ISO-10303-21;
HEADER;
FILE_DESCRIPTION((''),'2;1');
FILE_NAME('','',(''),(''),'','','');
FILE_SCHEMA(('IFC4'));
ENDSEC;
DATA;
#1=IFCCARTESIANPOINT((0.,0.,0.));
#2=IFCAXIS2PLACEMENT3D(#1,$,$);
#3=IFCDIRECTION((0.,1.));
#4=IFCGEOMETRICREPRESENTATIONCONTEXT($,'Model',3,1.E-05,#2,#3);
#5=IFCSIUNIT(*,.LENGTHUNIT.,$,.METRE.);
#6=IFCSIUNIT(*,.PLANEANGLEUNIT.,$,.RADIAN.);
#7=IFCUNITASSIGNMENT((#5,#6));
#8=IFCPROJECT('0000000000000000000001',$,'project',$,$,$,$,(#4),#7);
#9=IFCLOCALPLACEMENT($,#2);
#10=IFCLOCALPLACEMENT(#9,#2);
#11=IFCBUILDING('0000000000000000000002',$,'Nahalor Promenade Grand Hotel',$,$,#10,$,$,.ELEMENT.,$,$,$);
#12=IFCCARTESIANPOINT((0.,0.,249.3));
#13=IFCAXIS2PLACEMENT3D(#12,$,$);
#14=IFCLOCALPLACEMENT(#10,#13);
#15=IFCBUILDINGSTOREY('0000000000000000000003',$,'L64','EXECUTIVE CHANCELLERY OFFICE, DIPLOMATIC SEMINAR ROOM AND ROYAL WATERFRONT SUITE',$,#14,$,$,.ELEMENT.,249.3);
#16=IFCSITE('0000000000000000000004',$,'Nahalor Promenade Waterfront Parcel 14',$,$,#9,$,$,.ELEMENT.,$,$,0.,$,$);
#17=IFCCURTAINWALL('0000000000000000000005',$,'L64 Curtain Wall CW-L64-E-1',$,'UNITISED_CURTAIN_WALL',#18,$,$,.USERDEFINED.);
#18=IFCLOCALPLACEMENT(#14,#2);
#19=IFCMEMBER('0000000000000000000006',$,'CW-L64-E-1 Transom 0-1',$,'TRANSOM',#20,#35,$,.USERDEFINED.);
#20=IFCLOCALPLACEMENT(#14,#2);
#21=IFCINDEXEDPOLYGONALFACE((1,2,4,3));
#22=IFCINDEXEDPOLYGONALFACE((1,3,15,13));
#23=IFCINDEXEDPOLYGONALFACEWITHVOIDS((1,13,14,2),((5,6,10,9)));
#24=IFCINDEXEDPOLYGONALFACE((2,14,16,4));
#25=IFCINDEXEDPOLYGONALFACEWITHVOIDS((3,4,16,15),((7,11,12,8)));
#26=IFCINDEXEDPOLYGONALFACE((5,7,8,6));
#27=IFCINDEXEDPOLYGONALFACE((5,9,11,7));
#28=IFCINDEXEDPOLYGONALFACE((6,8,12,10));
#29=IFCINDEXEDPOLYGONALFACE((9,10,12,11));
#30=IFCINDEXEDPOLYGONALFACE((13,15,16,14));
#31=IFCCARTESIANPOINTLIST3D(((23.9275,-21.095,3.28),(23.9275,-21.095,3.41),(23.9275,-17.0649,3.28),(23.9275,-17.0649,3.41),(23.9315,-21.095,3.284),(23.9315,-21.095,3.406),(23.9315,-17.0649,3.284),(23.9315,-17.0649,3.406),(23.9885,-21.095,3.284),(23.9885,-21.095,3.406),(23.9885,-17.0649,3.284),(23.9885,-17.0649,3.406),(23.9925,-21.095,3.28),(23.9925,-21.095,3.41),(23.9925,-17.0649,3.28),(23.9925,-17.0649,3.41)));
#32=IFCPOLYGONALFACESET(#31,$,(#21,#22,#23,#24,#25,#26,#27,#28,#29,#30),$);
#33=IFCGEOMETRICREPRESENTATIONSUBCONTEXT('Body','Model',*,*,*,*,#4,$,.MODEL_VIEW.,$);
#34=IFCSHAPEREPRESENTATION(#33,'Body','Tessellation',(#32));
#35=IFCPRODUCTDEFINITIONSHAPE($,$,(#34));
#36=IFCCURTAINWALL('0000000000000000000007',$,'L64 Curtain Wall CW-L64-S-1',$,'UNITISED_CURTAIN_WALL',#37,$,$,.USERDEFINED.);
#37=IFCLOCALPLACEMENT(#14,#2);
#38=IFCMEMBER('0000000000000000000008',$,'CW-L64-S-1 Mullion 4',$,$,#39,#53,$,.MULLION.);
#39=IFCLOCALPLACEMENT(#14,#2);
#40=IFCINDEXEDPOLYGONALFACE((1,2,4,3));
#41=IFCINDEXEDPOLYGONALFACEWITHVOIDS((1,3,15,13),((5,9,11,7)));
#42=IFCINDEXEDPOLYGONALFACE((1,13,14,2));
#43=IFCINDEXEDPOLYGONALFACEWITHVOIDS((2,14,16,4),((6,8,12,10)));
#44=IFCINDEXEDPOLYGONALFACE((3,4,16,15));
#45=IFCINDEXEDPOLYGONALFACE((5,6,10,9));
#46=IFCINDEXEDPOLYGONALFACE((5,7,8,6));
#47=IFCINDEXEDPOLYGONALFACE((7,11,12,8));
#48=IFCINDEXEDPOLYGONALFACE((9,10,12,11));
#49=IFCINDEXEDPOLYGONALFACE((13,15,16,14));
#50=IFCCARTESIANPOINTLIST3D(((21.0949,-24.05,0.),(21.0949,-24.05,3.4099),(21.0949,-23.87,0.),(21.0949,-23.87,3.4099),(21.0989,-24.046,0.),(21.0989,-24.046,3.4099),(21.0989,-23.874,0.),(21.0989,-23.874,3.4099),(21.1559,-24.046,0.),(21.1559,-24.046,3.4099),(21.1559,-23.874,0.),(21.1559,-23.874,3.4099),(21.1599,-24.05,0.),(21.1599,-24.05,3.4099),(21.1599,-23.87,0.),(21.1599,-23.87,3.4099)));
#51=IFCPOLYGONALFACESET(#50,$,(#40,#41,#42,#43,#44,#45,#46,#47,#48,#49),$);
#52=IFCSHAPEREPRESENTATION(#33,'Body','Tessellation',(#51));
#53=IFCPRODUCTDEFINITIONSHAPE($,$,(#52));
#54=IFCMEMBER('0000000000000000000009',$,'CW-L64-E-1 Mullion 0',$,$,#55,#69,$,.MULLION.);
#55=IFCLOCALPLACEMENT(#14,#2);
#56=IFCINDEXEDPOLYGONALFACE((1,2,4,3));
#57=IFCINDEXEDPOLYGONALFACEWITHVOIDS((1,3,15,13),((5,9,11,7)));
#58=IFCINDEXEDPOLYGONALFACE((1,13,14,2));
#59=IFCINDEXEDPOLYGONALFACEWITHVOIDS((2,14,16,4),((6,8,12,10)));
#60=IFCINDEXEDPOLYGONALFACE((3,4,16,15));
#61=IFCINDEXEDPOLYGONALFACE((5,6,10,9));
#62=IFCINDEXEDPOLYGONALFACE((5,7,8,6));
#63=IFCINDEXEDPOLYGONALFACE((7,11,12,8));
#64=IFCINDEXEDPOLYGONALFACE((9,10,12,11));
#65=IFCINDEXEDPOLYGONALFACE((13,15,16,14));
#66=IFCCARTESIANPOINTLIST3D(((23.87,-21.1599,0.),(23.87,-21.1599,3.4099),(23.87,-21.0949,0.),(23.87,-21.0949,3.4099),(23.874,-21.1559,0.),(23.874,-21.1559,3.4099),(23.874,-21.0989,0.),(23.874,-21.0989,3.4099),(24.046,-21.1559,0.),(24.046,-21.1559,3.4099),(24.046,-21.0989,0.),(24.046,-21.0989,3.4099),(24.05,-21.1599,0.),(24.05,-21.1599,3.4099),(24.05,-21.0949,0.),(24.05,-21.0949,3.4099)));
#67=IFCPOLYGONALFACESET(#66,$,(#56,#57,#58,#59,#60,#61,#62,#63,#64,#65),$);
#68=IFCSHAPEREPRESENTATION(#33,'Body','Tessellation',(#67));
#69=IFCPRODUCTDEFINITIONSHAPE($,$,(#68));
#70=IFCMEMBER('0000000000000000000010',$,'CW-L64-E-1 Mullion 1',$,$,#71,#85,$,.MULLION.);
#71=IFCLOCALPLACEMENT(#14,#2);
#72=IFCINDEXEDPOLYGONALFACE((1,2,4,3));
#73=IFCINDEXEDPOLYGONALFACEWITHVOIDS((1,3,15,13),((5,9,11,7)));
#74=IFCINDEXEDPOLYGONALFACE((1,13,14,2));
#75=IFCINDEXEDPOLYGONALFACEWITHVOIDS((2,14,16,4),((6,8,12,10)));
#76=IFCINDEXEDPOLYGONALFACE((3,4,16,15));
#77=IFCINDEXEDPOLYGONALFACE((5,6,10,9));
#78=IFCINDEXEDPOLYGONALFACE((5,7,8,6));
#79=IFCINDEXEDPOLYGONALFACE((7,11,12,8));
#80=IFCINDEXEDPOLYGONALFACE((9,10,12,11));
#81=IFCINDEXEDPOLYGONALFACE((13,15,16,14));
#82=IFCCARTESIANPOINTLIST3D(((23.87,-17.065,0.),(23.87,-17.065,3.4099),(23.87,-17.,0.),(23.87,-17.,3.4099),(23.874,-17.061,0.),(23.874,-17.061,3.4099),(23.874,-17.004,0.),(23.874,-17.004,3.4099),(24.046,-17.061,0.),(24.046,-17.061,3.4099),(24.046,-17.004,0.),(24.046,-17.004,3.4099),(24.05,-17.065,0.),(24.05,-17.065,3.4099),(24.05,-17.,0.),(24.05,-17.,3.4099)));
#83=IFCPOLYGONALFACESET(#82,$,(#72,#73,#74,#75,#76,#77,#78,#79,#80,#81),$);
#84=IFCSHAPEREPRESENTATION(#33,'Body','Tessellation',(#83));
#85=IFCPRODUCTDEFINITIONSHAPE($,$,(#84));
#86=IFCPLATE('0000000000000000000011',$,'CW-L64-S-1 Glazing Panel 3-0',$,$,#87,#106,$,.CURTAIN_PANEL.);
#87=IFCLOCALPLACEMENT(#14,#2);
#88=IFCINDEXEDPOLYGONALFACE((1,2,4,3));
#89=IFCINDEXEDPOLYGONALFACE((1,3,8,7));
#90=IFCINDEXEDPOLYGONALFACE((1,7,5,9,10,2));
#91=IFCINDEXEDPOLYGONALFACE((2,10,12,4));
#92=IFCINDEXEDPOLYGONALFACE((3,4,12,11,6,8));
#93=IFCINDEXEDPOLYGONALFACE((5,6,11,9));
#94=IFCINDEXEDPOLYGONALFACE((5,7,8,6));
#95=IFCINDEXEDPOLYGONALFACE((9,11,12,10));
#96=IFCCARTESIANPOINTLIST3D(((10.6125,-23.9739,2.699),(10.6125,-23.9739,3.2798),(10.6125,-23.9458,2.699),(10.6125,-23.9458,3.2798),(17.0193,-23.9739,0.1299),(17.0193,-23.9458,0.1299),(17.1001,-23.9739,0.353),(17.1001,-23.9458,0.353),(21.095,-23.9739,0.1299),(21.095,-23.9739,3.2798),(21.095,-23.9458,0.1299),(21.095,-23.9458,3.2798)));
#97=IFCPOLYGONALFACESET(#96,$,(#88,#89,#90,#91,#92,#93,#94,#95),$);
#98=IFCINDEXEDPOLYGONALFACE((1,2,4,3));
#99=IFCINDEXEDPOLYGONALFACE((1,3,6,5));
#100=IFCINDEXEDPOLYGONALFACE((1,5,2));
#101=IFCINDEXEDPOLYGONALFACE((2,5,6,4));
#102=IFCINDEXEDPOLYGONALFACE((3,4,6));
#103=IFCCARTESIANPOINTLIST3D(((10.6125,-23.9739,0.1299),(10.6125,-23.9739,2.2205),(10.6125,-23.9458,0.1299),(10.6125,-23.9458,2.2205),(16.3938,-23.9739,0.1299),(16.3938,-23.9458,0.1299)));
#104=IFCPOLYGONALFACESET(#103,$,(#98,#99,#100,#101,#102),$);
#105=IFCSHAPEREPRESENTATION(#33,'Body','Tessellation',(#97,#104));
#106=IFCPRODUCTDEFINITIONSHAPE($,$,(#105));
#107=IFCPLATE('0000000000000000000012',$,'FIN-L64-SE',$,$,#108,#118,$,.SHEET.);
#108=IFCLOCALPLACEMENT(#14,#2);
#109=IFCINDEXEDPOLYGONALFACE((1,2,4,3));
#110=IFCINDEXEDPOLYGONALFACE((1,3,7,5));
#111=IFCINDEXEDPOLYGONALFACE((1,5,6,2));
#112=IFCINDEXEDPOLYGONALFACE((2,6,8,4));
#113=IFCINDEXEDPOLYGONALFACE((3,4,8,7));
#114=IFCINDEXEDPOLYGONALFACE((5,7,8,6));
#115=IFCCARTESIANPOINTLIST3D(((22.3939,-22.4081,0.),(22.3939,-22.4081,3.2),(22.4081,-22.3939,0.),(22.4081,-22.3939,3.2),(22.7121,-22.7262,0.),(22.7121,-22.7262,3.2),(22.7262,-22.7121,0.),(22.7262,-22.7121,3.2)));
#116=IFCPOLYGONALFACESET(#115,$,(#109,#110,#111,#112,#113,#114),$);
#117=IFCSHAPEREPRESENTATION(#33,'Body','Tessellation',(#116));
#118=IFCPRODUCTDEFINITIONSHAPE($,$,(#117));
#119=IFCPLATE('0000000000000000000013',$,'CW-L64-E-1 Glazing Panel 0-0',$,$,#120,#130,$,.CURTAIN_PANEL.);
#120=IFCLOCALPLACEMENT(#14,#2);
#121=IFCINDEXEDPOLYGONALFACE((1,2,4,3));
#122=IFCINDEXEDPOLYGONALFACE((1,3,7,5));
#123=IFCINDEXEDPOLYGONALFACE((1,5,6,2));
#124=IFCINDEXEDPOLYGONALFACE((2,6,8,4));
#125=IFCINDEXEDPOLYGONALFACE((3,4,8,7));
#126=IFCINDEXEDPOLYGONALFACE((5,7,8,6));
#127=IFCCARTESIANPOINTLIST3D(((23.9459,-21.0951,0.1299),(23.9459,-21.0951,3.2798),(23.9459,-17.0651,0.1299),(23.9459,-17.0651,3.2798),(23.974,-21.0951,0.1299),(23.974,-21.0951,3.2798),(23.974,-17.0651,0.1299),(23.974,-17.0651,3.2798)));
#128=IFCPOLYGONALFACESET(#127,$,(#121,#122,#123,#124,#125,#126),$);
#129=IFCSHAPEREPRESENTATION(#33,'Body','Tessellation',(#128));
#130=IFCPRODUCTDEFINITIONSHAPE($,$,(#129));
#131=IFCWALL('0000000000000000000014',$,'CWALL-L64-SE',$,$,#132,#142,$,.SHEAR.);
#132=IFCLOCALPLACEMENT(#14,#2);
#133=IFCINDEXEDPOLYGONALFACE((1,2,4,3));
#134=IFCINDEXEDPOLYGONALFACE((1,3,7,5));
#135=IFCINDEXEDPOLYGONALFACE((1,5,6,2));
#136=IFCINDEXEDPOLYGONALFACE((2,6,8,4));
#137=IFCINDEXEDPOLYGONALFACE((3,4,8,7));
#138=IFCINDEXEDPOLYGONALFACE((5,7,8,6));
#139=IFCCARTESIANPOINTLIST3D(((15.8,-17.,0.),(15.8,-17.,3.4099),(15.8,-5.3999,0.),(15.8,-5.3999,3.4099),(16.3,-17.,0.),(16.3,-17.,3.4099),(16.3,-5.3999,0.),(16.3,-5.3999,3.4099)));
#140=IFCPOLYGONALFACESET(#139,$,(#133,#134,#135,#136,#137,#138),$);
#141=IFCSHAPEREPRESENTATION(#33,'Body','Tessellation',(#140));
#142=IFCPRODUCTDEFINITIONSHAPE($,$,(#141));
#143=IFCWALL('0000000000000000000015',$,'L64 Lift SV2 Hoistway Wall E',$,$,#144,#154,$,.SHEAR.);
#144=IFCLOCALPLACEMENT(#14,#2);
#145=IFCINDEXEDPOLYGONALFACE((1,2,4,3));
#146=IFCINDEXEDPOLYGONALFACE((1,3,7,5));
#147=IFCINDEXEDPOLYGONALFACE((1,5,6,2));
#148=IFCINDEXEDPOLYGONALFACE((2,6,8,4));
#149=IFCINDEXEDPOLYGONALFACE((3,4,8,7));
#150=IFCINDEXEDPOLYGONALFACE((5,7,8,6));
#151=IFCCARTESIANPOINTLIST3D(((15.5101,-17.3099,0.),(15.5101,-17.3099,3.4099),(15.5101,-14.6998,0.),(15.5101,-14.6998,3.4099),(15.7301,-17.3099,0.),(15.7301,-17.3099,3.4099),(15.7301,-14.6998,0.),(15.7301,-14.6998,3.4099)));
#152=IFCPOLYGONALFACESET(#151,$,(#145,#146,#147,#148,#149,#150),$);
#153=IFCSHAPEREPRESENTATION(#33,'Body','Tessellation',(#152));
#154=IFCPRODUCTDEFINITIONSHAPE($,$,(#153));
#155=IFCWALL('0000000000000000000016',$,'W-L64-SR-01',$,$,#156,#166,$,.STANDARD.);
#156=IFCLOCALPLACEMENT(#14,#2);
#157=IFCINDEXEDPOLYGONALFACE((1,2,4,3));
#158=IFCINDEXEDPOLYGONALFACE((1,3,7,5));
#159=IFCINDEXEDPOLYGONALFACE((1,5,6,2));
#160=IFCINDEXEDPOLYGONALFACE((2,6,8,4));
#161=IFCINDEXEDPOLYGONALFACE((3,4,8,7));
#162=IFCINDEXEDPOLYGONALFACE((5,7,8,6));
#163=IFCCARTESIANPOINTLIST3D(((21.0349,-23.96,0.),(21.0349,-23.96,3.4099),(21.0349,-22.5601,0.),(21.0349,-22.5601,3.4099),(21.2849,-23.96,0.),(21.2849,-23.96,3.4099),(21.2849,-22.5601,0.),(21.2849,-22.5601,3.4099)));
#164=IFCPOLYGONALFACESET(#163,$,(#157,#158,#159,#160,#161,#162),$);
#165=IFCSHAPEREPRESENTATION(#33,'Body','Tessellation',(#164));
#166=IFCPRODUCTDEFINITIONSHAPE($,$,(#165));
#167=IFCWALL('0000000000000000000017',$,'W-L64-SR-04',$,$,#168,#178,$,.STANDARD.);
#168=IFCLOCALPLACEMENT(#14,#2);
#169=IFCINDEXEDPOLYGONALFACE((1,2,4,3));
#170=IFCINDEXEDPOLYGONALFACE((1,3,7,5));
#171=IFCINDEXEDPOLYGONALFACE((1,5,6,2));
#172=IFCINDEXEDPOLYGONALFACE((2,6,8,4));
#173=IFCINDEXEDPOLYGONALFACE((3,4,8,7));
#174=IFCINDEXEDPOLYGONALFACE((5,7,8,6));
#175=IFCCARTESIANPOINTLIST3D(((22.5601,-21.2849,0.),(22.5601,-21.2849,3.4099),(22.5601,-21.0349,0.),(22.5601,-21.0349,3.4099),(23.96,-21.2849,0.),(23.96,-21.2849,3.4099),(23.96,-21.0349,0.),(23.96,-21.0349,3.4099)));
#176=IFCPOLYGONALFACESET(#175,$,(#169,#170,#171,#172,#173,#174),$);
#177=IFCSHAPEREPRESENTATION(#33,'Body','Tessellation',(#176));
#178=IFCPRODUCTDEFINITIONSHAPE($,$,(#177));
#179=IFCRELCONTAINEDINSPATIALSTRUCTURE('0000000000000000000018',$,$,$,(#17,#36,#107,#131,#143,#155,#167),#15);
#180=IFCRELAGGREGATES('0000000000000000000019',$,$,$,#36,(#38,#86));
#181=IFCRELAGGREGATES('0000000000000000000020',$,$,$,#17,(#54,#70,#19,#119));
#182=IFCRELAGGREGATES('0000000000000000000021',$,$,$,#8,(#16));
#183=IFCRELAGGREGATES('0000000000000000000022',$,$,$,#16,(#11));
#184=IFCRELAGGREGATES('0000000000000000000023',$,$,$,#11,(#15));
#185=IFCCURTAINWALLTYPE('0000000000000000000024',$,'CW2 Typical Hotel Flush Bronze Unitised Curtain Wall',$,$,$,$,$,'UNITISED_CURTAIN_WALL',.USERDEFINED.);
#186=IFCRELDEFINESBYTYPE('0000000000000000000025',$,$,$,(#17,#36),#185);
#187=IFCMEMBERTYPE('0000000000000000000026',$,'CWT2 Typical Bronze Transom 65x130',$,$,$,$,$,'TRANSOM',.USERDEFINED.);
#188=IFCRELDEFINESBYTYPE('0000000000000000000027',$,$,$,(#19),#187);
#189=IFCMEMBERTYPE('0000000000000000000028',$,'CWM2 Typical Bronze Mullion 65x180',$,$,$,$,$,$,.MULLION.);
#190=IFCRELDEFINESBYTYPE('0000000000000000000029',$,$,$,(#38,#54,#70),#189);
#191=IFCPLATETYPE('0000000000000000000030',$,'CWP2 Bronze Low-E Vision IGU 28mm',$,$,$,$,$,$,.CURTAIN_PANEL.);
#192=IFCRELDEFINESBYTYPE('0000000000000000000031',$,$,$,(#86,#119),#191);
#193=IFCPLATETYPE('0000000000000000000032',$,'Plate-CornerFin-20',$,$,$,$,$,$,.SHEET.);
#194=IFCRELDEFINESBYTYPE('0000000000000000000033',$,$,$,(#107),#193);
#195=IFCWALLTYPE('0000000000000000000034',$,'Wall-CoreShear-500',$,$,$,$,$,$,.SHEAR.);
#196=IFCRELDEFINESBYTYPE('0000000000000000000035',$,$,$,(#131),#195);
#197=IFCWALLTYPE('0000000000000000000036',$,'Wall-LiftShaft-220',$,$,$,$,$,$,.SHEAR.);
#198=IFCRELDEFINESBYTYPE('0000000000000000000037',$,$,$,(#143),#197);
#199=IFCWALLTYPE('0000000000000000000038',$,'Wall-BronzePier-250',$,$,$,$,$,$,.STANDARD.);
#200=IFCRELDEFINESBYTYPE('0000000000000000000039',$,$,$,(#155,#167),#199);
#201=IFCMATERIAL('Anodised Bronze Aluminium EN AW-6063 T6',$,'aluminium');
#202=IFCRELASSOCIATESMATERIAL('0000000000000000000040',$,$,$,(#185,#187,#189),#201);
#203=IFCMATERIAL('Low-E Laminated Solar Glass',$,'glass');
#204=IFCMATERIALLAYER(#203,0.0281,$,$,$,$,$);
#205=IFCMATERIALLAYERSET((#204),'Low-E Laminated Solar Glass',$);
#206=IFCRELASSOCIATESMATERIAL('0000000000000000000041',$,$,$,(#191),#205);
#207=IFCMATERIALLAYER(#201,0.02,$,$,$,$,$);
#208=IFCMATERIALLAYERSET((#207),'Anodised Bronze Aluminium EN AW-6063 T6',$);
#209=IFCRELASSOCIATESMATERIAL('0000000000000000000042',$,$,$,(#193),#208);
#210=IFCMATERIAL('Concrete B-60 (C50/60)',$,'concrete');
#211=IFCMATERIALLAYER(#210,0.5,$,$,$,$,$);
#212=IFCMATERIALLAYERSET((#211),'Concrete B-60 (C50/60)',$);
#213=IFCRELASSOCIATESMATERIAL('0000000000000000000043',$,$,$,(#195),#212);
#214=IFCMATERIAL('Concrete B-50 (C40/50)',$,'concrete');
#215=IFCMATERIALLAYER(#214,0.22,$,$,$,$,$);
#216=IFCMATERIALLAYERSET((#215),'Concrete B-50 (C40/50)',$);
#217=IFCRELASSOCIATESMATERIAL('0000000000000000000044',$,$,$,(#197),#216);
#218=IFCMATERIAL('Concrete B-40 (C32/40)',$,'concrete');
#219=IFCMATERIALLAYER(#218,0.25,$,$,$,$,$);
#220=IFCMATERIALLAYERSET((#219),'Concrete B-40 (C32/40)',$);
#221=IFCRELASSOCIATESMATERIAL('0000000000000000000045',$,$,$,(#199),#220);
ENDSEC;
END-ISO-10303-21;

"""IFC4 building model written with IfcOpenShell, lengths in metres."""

from ifc_helpers import new_model, si_unit, direction, frame, frame_2d, origin, origin_2d, place, context, subcontext, project, spatial, polyline, rectangle, hollow_rectangle, outline, extrude, source, transform, mapped, material, layer, layer_set, material_profile, profile_set, type_object, element, aggregate, save


model = new_model("IFC4")

# Units and contexts
model_context = context("Model", 3, precision=1e-05, world=origin(), true_north=direction((0.0, 1.0)))
body_context = subcontext(model_context, "Body", "Model", "MODEL_VIEW")
ifc_project = project(units=[si_unit("LENGTHUNIT", "METRE"), si_unit("PLANEANGLEUNIT", "RADIAN")], contexts=[model_context])

# Site, building, storey
site_placement = place(None, origin())
site = spatial("IfcSite", under=ifc_project, at=site_placement, Name="Nahalor Promenade Waterfront Parcel 14", CompositionType="ELEMENT", RefElevation=0.0)
building_placement = place(site_placement, origin())
building = spatial("IfcBuilding", under=site, at=building_placement, Name="Nahalor Promenade Grand Hotel", CompositionType="ELEMENT")
storey_placement = place(building_placement, frame((0.0, 0.0, 249.3)))
storey = spatial("IfcBuildingStorey", under=building, at=storey_placement, Name="L64", Description="EXECUTIVE CHANCELLERY OFFICE, DIPLOMATIC SEMINAR ROOM AND ROYAL WATERFRONT SUITE", CompositionType="ELEMENT", Elevation=249.3)

# Shared definitions
ifc_material_1 = material(Name="Concrete B-60 (C50/60)", Category="concrete")

# Curtain wall, member
ifc_material_2 = material(Name="Anodised Bronze Aluminium EN AW-6063 T6", Category="aluminium")
curtain_wall_type = type_object("IfcCurtainWallType", Name="CW2 Typical Hotel Flush Bronze Unitised Curtain Wall", ElementType="UNITISED_CURTAIN_WALL", PredefinedType="USERDEFINED", material=ifc_material_2)
curtain_wall_1_placement = place(storey_placement, origin())
curtain_wall_1 = element("IfcCurtainWall", 1, at=curtain_wall_1_placement, inside=storey, type_object=curtain_wall_type, Name="L64 Curtain Wall CW-L64-E-1", ObjectType="UNITISED_CURTAIN_WALL", PredefinedType="USERDEFINED")
ifc_material_profile_1 = material_profile(ifc_material_2, hollow_rectangle(XDim=0.065, YDim=0.13, WallThickness=0.004, at=origin_2d()), Name="CWT 65x130x4")
ifc_profile_set_1 = profile_set([ifc_material_profile_1], Name="Anodised Bronze Aluminium EN AW-6063 T6")
member_type_1 = type_object("IfcMemberType", Name="CWT2 Typical Bronze Transom 65x130", ElementType="TRANSOM", PredefinedType="USERDEFINED", material=ifc_profile_set_1)
shared_shape_1 = source(origin(), body_context, "Body", "SweptSolid", [
    extrude(hollow_rectangle(XDim=0.065, YDim=0.13, WallThickness=0.004, at=origin_2d()), origin(), (0.0, 0.0, 1.0), 4.03),
])
member_1_placement = place(storey_placement, frame((23.96, -21.095, 3.345), z_axis=(0.0, 1.0, 0.0), x_axis=(-1.0, 0.0, 0.0)))
member_1 = element("IfcMember", 2, at=member_1_placement, type_object=member_type_1, Name="CW-L64-E-1 Transom 0-1", ObjectType="TRANSOM", PredefinedType="USERDEFINED", context=body_context, shape_type="MappedRepresentation", body=[
    mapped(shared_shape_1, transform((0.0, 0.0, 0.0), scale=1.0)),
])

# Curtain wall, member
curtain_wall_2_placement = place(storey_placement, origin())
curtain_wall_2 = element("IfcCurtainWall", 3, at=curtain_wall_2_placement, inside=storey, type_object=curtain_wall_type, Name="L64 Curtain Wall CW-L64-S-1", ObjectType="UNITISED_CURTAIN_WALL", PredefinedType="USERDEFINED")
ifc_material_profile_2 = material_profile(ifc_material_2, hollow_rectangle(XDim=0.065, YDim=0.18, WallThickness=0.004, at=origin_2d()), Name="CWM 65x180x4")
ifc_profile_set_2 = profile_set([ifc_material_profile_2], Name="Anodised Bronze Aluminium EN AW-6063 T6")
member_type_2 = type_object("IfcMemberType", Name="CWM2 Typical Bronze Mullion 65x180", PredefinedType="MULLION", material=ifc_profile_set_2)
shared_shape_2 = source(origin(), body_context, "Body", "SweptSolid", [
    extrude(hollow_rectangle(XDim=0.065, YDim=0.18, WallThickness=0.004, at=origin_2d()), origin(), (0.0, 0.0, 1.0), 3.4099),
])
member_2_placement = place(storey_placement, frame((21.1274, -23.96, 0.0), z_axis=(0.0, 0.0, 1.0), x_axis=(1.0, 0.0, 0.0)))
member_2 = element("IfcMember", 4, at=member_2_placement, type_object=member_type_2, Name="CW-L64-S-1 Mullion 4", PredefinedType="MULLION", context=body_context, shape_type="MappedRepresentation", body=[
    mapped(shared_shape_2, transform((0.0, 0.0, 0.0), scale=1.0)),
])

# Members
member_3_placement = place(storey_placement, frame((23.96, -21.1274, 0.0), z_axis=(0.0, 0.0, 1.0), x_axis=(0.0, 1.0, 0.0)))
member_3 = element("IfcMember", 5, at=member_3_placement, type_object=member_type_2, Name="CW-L64-E-1 Mullion 0", PredefinedType="MULLION", context=body_context, shape_type="MappedRepresentation", body=[
    mapped(shared_shape_2, transform((0.0, 0.0, 0.0), scale=1.0)),
])
member_4_placement = place(storey_placement, frame((23.96, -17.0325, 0.0), z_axis=(0.0, 0.0, 1.0), x_axis=(0.0, 1.0, 0.0)))
member_4 = element("IfcMember", 6, at=member_4_placement, type_object=member_type_2, Name="CW-L64-E-1 Mullion 1", PredefinedType="MULLION", context=body_context, shape_type="MappedRepresentation", body=[
    mapped(shared_shape_2, transform((0.0, 0.0, 0.0), scale=1.0)),
])

# Plates
ifc_material_3 = material(Name="Low-E Laminated Solar Glass", Category="glass")
ifc_layer_1 = layer(ifc_material_3, 0.0281)
ifc_layer_set_1 = layer_set([ifc_layer_1], Name="Low-E Laminated Solar Glass")
plate_type_1 = type_object("IfcPlateType", Name="CWP2 Bronze Low-E Vision IGU 28mm", PredefinedType="CURTAIN_PANEL", material=ifc_layer_set_1)
plate_1_placement = place(storey_placement, frame((15.8538, -23.96, 0.1299), z_axis=(0.0, 0.0, 1.0), x_axis=(1.0, 0.0, 0.0)))
plate_1 = element("IfcPlate", 7, at=plate_1_placement, type_object=plate_type_1, Name="CW-L64-S-1 Glazing Panel 3-0", PredefinedType="CURTAIN_PANEL", context=body_context, shape_type="SweptSolid", body=[
    extrude(outline(polyline([(5.2412, 3.1499), (-5.2412, 3.1499), (-5.2412, 2.5691), (1.2463, 0.2231), (1.1655, 0.0), (5.2412, 0.0), (5.2412, 3.1499)])), frame((0.0, 0.0142, 0.0), z_axis=(0.0, -1.0, 0.0), x_axis=(1.0, 0.0, 0.0)), (0.0, 0.0, 1.0), 0.0281),
    extrude(outline(polyline([(-5.2412, 2.0906), (-5.2412, 0.0), (0.54, 0.0), (-5.2412, 2.0906)])), frame((0.0, 0.0142, 0.0), z_axis=(0.0, -1.0, 0.0), x_axis=(1.0, 0.0, 0.0)), (0.0, 0.0, 1.0), 0.0281),
])
aggregate(curtain_wall_2, [member_2, plate_1])
ifc_layer_2 = layer(ifc_material_2, 0.02)
ifc_layer_set_2 = layer_set([ifc_layer_2], Name="Anodised Bronze Aluminium EN AW-6063 T6")
plate_type_2 = type_object("IfcPlateType", Name="Plate-CornerFin-20", PredefinedType="SHEET", material=ifc_layer_set_2)
shared_shape_3 = source(origin(), body_context, "Body", "SweptSolid", [
    extrude(rectangle(XDim=0.45, YDim=0.02, at=origin_2d()), origin(), (0.0, 0.0, 1.0), 3.2),
])
plate_2_placement = place(storey_placement, frame((22.5601, -22.5601, 0.0), z_axis=(0.0, 0.0, 1.0), x_axis=(-0.707107, 0.707107, 0.0)))
element("IfcPlate", 8, at=plate_2_placement, inside=storey, type_object=plate_type_2, Name="FIN-L64-SE", PredefinedType="SHEET", context=body_context, shape_type="MappedRepresentation", body=[
    mapped(shared_shape_3, transform((0.0, 0.0, 0.0), scale=1.0)),
])
shared_shape_4 = source(origin(), body_context, "Body", "SweptSolid", [
    extrude(rectangle(XDim=4.03, YDim=0.0281, at=origin_2d()), origin(), (0.0, 0.0, 1.0), 3.1499),
])
plate_3_placement = place(storey_placement, frame((23.96, -19.0801, 0.1299), z_axis=(0.0, 0.0, 1.0), x_axis=(0.0, 1.0, 0.0)))
plate_3 = element("IfcPlate", 9, at=plate_3_placement, type_object=plate_type_1, Name="CW-L64-E-1 Glazing Panel 0-0", PredefinedType="CURTAIN_PANEL", context=body_context, shape_type="MappedRepresentation", body=[
    mapped(shared_shape_4, transform((0.0, 0.0, 0.0), scale=1.0)),
])
aggregate(curtain_wall_1, [member_3, member_4, member_1, plate_3])

# Walls
ifc_layer_3 = layer(ifc_material_1, 0.5)
ifc_layer_set_3 = layer_set([ifc_layer_3], Name="Concrete B-60 (C50/60)")
wall_type_1 = type_object("IfcWallType", Name="Wall-CoreShear-500", PredefinedType="SHEAR", material=ifc_layer_set_3)
shared_shape_5 = source(origin(), body_context, "Body", "SweptSolid", [
    extrude(rectangle(XDim=11.6001, YDim=0.5, at=frame_2d((5.8, 0.0))), origin(), (0.0, 0.0, 1.0), 3.4099),
])
wall_1_placement = place(storey_placement, frame((16.05, -17.0, 0.0), z_axis=(0.0, 0.0, 1.0), x_axis=(0.0, 1.0, 0.0)))
element("IfcWall", 10, at=wall_1_placement, inside=storey, type_object=wall_type_1, Name="CWALL-L64-SE", PredefinedType="SHEAR", context=body_context, shape_type="MappedRepresentation", body=[
    mapped(shared_shape_5, transform((0.0, 0.0, 0.0), scale=1.0)),
])
ifc_material_4 = material(Name="Concrete B-50 (C40/50)", Category="concrete")
ifc_layer_4 = layer(ifc_material_4, 0.22)
ifc_layer_set_4 = layer_set([ifc_layer_4], Name="Concrete B-50 (C40/50)")
wall_type_2 = type_object("IfcWallType", Name="Wall-LiftShaft-220", PredefinedType="SHEAR", material=ifc_layer_set_4)
shared_shape_6 = source(origin(), body_context, "Body", "SweptSolid", [
    extrude(rectangle(XDim=2.6101, YDim=0.22, at=frame_2d((1.3052, 0.0))), origin(), (0.0, 0.0, 1.0), 3.4099),
])
wall_2_placement = place(storey_placement, frame((15.6201, -17.3101, 0.0), z_axis=(0.0, 0.0, 1.0), x_axis=(0.0, 1.0, 0.0)))
element("IfcWall", 11, at=wall_2_placement, inside=storey, type_object=wall_type_2, Name="L64 Lift SV2 Hoistway Wall E", PredefinedType="SHEAR", context=body_context, shape_type="MappedRepresentation", body=[
    mapped(shared_shape_6, transform((0.0, 0.0, 0.0), scale=1.0)),
])
ifc_material_5 = material(Name="Concrete B-40 (C32/40)", Category="concrete")
ifc_layer_5 = layer(ifc_material_5, 0.25)
ifc_layer_set_5 = layer_set([ifc_layer_5], Name="Concrete B-40 (C32/40)")
wall_type_3 = type_object("IfcWallType", Name="Wall-BronzePier-250", PredefinedType="STANDARD", material=ifc_layer_set_5)
shared_shape_7 = source(origin(), body_context, "Body", "SweptSolid", [
    extrude(rectangle(XDim=1.3999, YDim=0.25, at=frame_2d((0.7, 0.0))), origin(), (0.0, 0.0, 1.0), 3.4099),
])
for number, where, z_axis, x_axis, name in (
    (12, (21.1599, -23.96, 0.0), (0.0, 0.0, 1.0), (0.0, 1.0, 0.0), "W-L64-SR-01"),
    (13, (22.5601, -21.1599, 0.0), (0.0, 0.0, 1.0), (1.0, 0.0, 0.0), "W-L64-SR-04"),
):
    element("IfcWall", number, at=place(storey_placement, frame(where, z_axis=z_axis, x_axis=x_axis)), inside=storey, type_object=wall_type_3, Name=name, PredefinedType="STANDARD", context=body_context, shape_type="MappedRepresentation", body=[
        mapped(shared_shape_7, transform((0.0, 0.0, 0.0), scale=1.0)),
    ])

save(model, "model.ifc")
